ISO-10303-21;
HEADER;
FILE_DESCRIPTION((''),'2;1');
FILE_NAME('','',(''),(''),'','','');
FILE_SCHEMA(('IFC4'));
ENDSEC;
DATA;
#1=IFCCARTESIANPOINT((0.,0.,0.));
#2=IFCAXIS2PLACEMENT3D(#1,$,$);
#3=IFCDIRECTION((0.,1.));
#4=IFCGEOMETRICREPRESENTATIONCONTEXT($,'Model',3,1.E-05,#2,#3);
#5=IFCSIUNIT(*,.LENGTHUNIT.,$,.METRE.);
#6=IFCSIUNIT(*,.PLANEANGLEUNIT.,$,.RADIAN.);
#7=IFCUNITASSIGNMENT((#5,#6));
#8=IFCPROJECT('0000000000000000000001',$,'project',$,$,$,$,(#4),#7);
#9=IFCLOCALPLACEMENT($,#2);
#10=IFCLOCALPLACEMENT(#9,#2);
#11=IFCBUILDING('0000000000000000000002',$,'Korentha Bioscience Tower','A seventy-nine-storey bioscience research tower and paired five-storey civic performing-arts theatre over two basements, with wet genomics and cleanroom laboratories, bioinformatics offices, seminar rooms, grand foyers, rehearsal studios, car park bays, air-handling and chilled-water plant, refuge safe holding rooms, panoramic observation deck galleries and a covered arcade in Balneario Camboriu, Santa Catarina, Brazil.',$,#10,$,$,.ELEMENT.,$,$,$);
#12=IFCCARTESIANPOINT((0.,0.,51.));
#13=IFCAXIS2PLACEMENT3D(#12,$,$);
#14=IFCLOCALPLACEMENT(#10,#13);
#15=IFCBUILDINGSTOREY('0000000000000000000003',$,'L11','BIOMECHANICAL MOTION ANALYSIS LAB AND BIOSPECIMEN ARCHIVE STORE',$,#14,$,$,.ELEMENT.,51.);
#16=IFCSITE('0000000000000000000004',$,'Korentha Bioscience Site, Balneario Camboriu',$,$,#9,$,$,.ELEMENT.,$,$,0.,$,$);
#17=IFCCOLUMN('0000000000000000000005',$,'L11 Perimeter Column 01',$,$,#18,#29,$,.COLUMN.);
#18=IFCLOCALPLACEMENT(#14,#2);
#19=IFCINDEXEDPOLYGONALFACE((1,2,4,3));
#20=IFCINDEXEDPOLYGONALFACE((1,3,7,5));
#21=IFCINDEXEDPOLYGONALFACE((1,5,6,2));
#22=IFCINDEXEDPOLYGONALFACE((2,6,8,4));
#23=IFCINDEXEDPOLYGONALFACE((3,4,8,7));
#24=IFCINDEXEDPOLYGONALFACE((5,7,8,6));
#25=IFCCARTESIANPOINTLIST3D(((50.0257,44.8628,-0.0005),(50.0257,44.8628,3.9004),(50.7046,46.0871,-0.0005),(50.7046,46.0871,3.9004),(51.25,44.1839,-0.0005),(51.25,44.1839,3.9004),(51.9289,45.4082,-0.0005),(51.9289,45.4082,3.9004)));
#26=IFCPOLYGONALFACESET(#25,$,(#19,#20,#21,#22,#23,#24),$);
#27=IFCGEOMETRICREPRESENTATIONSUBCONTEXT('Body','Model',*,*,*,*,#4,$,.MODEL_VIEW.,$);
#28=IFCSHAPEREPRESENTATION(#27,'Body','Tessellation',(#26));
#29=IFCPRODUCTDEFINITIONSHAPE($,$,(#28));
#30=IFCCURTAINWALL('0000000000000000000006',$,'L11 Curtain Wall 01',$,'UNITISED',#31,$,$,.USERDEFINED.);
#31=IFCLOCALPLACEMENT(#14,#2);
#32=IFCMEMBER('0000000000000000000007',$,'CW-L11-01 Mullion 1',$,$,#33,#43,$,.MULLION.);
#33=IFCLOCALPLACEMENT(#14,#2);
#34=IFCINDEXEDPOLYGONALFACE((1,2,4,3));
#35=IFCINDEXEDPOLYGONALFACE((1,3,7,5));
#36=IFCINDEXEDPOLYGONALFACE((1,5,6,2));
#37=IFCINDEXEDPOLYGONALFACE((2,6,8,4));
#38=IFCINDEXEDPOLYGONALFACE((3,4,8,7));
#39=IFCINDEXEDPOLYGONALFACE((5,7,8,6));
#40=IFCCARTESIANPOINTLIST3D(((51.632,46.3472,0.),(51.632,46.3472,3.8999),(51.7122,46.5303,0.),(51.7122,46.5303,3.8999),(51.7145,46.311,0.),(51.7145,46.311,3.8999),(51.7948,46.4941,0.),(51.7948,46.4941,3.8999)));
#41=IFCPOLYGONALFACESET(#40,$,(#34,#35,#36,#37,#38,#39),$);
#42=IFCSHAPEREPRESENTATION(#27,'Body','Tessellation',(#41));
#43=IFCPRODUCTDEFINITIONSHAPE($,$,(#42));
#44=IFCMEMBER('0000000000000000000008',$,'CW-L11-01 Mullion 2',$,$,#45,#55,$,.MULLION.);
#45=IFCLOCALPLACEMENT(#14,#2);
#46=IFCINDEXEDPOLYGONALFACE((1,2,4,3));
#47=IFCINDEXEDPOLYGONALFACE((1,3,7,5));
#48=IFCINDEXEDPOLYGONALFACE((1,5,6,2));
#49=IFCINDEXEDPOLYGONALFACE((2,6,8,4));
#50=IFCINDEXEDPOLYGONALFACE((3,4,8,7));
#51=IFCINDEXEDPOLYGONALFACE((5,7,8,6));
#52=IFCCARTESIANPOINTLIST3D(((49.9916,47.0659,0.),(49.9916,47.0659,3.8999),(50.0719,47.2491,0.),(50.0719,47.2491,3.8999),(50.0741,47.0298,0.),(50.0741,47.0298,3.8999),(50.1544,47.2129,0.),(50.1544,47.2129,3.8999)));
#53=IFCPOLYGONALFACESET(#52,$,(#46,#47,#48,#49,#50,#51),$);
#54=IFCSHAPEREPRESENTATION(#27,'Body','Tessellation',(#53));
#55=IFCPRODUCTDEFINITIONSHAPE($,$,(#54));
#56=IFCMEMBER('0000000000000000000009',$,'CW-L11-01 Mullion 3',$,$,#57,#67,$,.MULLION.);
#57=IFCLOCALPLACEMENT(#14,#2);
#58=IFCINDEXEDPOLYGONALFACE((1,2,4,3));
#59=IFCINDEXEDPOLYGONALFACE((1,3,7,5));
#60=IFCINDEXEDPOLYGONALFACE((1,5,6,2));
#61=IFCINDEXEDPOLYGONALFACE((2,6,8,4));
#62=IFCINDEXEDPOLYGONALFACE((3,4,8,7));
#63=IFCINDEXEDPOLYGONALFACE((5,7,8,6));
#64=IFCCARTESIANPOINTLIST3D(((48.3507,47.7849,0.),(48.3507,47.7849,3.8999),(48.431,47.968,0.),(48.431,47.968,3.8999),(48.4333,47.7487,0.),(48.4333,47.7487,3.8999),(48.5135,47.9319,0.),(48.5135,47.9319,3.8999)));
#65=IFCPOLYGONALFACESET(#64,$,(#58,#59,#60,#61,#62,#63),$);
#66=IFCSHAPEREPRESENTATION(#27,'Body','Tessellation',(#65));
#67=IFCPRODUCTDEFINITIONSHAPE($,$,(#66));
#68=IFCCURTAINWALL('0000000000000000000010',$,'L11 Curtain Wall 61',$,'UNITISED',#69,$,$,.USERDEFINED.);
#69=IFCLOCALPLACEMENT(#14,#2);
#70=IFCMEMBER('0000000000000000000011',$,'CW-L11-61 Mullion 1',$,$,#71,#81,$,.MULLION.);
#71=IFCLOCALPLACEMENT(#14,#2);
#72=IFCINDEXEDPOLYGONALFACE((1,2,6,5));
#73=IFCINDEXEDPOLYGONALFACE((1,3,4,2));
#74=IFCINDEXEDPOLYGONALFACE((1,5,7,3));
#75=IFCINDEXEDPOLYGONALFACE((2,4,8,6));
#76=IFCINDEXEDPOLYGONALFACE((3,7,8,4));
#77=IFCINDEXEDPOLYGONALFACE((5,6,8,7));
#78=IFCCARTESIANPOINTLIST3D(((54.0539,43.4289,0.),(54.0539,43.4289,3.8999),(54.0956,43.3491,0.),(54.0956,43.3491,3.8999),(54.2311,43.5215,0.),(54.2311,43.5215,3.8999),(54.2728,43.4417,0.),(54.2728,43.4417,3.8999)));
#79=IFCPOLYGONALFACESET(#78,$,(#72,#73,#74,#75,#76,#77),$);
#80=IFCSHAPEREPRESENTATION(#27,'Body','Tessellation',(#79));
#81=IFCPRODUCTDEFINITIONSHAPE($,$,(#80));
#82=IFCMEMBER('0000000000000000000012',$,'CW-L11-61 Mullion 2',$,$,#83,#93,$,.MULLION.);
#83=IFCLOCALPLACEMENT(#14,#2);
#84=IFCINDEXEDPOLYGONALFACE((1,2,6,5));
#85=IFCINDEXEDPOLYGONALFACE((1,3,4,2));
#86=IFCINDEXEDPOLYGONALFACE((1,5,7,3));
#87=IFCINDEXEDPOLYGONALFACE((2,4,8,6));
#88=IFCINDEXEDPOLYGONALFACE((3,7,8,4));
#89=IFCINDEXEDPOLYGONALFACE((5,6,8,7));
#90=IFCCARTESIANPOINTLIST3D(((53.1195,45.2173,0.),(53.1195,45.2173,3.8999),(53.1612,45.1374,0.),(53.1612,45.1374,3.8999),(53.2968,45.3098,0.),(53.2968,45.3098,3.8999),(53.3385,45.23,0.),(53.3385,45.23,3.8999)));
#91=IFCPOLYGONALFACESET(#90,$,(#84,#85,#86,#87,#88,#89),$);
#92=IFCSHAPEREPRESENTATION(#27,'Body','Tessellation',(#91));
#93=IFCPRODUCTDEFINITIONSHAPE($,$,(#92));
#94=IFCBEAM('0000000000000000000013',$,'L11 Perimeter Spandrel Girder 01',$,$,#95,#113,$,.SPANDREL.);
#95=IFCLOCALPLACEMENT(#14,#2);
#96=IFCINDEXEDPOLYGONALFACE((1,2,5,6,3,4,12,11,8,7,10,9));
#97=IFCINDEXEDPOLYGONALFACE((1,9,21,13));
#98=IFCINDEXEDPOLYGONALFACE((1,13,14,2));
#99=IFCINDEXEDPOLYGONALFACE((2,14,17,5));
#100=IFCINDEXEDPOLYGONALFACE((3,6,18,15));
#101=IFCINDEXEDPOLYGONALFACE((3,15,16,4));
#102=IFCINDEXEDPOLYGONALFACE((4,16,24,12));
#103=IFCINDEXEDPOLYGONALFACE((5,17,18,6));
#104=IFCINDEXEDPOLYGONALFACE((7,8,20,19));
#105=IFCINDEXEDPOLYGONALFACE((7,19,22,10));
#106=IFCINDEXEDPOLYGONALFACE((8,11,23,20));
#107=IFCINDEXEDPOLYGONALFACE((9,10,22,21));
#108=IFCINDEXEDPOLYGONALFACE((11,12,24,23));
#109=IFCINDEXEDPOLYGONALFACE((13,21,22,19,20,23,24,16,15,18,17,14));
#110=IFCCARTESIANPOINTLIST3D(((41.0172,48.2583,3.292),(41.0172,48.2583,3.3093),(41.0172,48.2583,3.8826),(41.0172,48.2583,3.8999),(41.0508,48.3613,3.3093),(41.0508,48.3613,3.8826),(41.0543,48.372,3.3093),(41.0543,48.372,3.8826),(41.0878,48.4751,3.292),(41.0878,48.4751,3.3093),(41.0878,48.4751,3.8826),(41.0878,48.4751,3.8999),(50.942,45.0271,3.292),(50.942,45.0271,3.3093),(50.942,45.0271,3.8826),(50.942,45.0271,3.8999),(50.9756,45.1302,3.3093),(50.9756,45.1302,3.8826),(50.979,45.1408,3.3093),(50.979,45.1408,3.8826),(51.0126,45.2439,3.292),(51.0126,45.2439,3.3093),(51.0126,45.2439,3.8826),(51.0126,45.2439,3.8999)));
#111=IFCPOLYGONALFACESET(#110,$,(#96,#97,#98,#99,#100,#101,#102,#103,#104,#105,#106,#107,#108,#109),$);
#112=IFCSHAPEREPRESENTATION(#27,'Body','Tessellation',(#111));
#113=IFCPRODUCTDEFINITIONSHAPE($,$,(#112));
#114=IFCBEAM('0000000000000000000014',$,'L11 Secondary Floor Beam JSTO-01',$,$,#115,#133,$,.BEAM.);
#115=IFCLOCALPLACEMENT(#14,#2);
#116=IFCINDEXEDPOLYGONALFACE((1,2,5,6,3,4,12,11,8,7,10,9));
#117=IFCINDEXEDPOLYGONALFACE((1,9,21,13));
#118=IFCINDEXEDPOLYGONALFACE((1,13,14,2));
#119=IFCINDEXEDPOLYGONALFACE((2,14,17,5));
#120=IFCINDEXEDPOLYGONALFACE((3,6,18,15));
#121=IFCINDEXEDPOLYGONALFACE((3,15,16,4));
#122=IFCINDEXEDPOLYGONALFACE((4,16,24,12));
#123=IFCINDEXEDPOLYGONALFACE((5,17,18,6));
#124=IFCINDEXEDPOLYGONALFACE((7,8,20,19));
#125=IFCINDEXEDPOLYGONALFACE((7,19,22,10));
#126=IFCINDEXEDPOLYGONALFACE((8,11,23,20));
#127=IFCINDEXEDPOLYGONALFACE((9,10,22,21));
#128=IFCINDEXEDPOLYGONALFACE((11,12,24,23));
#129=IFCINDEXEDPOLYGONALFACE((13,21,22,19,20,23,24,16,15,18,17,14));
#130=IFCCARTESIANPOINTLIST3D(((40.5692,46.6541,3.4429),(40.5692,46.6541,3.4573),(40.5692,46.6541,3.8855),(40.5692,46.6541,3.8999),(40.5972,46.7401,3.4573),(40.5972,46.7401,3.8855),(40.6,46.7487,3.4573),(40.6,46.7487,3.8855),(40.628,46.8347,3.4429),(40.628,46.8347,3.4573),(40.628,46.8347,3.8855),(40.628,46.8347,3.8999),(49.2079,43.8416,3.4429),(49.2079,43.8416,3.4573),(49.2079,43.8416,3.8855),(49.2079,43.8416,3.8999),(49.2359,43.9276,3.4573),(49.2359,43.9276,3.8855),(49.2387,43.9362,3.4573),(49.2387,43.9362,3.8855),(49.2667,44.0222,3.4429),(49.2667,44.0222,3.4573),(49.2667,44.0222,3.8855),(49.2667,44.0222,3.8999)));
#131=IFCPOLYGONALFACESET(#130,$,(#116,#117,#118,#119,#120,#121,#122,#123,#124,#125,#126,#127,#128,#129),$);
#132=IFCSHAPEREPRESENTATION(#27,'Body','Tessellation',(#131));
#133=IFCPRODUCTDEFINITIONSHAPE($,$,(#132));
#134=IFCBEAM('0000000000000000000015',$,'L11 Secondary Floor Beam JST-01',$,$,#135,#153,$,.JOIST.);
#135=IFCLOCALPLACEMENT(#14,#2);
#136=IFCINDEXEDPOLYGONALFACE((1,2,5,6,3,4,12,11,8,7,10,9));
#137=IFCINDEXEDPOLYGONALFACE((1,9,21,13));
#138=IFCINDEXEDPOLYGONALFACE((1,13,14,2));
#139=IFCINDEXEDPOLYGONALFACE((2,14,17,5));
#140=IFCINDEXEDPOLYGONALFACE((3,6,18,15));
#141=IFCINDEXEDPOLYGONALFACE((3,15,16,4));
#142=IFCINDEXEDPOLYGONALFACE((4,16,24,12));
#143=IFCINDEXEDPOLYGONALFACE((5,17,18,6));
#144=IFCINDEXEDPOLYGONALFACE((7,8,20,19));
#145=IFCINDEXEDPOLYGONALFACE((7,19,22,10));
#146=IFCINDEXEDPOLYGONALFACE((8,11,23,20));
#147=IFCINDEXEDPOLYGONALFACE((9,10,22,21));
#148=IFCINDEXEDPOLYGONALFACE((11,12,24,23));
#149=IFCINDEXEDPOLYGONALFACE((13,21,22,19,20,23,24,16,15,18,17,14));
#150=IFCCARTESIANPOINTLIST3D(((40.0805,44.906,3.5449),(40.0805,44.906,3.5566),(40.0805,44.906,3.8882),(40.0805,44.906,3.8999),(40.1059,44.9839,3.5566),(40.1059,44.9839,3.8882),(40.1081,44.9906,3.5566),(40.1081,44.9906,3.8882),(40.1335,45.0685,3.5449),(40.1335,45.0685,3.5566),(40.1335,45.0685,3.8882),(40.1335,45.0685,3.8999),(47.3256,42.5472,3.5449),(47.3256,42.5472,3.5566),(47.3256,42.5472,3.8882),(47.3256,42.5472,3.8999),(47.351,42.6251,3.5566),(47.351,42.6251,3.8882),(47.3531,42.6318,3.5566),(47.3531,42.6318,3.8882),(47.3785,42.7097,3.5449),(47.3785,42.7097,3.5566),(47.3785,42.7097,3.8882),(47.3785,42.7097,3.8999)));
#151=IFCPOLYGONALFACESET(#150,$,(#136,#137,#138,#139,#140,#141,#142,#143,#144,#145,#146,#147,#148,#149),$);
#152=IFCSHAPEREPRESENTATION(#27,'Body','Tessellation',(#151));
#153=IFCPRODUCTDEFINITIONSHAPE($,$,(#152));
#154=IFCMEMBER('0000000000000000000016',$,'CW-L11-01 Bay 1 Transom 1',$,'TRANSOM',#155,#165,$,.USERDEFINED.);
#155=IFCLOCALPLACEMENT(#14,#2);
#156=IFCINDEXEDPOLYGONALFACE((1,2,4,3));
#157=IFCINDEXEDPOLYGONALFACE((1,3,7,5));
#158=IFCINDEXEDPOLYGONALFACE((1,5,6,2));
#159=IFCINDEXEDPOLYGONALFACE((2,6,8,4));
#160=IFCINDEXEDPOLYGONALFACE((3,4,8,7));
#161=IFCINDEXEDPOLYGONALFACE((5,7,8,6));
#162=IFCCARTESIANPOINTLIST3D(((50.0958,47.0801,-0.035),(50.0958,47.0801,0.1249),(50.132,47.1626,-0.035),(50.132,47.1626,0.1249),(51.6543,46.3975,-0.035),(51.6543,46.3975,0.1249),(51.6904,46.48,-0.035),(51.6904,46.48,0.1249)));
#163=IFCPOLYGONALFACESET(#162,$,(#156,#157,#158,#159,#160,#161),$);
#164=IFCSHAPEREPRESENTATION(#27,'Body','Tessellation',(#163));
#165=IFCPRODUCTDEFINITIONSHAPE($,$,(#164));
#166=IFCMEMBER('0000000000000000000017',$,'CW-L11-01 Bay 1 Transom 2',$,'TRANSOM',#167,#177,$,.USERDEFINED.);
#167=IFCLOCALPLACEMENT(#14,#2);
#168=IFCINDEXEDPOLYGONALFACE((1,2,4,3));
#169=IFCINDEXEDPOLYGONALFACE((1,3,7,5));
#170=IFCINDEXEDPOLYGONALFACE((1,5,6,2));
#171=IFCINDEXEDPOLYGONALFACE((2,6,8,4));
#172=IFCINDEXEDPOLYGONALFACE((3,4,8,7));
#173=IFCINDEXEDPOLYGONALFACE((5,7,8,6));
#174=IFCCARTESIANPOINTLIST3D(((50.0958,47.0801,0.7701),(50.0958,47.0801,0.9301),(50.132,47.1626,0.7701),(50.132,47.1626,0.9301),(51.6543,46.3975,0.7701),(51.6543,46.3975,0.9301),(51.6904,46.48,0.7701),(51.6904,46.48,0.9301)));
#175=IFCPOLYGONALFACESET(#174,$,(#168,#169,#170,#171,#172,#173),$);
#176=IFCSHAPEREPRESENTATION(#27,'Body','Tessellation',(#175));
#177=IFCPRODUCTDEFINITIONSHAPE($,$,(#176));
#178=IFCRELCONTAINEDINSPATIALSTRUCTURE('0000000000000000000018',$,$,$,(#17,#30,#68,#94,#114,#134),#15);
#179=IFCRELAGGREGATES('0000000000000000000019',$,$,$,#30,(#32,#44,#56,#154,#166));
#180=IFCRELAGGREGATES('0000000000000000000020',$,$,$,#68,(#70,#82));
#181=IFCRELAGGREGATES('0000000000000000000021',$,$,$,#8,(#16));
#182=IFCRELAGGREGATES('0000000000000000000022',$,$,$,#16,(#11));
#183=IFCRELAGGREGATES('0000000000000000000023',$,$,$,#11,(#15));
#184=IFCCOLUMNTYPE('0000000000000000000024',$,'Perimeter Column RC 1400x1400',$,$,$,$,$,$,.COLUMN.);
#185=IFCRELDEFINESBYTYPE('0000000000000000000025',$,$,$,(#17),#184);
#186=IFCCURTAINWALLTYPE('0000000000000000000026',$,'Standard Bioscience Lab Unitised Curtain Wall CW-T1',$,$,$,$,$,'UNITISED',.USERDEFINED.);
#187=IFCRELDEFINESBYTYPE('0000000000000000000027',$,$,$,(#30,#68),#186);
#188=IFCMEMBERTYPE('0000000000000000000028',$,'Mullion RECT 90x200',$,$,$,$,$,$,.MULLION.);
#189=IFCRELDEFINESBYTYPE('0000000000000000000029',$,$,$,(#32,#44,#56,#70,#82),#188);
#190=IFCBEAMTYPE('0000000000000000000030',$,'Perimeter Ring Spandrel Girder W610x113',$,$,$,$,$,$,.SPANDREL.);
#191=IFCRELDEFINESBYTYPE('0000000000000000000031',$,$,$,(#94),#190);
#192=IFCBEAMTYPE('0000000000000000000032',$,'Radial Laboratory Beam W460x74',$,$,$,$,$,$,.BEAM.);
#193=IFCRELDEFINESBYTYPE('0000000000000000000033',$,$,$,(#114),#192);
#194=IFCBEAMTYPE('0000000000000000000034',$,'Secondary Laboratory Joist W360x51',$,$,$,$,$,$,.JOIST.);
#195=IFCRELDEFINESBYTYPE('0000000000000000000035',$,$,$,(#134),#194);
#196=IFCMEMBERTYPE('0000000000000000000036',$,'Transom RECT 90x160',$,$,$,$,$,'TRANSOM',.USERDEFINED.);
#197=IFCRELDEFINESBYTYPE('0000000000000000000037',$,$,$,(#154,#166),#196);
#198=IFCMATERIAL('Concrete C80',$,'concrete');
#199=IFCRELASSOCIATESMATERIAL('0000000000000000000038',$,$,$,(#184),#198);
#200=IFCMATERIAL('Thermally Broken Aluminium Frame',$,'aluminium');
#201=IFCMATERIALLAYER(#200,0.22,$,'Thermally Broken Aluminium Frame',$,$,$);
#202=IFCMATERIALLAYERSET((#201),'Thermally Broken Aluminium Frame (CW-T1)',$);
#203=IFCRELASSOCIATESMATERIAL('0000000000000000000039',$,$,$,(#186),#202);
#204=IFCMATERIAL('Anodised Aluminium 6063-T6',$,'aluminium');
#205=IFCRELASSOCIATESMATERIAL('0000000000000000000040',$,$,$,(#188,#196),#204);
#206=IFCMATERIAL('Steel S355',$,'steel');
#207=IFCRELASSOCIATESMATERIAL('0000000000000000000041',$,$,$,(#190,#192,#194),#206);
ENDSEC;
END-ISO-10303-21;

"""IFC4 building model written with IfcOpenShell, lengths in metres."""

from ifc_helpers import new_model, si_unit, direction, frame, origin, origin_2d, place, context, subcontext, project, spatial, rectangle, i_section, extrude, material, layer, layer_set, material_profile, profile_set, type_object, element, aggregate, save


model = new_model("IFC4")

# Units and contexts
model_context = context("Model", 3, precision=1e-05, world=origin(), true_north=direction((0.0, 1.0)))
body_context = subcontext(model_context, "Body", "Model", "MODEL_VIEW")
ifc_project = project(units=[si_unit("LENGTHUNIT", "METRE"), si_unit("PLANEANGLEUNIT", "RADIAN")], contexts=[model_context])

# Site, building, storey
site_placement = place(None, origin())
site = spatial("IfcSite", under=ifc_project, at=site_placement, Name="Korentha Bioscience Site, Balneario Camboriu", CompositionType="ELEMENT", RefElevation=0.0)
building_placement = place(site_placement, origin())
building = spatial("IfcBuilding", under=site, at=building_placement, Name="Korentha Bioscience Tower", Description="A seventy-nine-storey bioscience research tower and paired five-storey civic performing-arts theatre over two basements, with wet genomics and cleanroom laboratories, bioinformatics offices, seminar rooms, grand foyers, rehearsal studios, car park bays, air-handling and chilled-water plant, refuge safe holding rooms, panoramic observation deck galleries and a covered arcade in Balneario Camboriu, Santa Catarina, Brazil.", CompositionType="ELEMENT")
storey_placement = place(building_placement, frame((0.0, 0.0, 51.0)))
storey = spatial("IfcBuildingStorey", under=building, at=storey_placement, Name="L11", Description="BIOMECHANICAL MOTION ANALYSIS LAB AND BIOSPECIMEN ARCHIVE STORE", CompositionType="ELEMENT", Elevation=51.0)

# Column
ifc_material_1 = material(Name="Concrete C80", Category="concrete")
ifc_material_profile_1 = material_profile(ifc_material_1, rectangle(XDim=1.3999, YDim=1.3999, at=origin_2d()), Name="Concrete C80")
ifc_profile_set_1 = profile_set([ifc_material_profile_1], Name="Concrete C80 (COL-P14)")
column_type = type_object("IfcColumnType", Name="Perimeter Column RC 1400x1400", PredefinedType="COLUMN", material=ifc_profile_set_1)
column_placement = place(storey_placement, frame((50.9773, 45.1355, -0.0005), z_axis=(0.0, 0.0, 1.0), x_axis=(-0.874535, 0.484962, 0.0)))
element("IfcColumn", 1, at=column_placement, inside=storey, type_object=column_type, Name="L11 Perimeter Column 01", PredefinedType="COLUMN", context=body_context, shape_type="SweptSolid", body=[
    extrude(rectangle(XDim=1.3999, YDim=1.3999, at=origin_2d()), origin(), (0.0, 0.0, 1.0), 3.9009),
])

# Curtain walls, members
ifc_material_2 = material(Name="Thermally Broken Aluminium Frame", Category="aluminium")
ifc_layer_1 = layer(ifc_material_2, 0.22, Name="Thermally Broken Aluminium Frame")
ifc_layer_set_1 = layer_set([ifc_layer_1], Name="Thermally Broken Aluminium Frame (CW-T1)")
curtain_wall_type = type_object("IfcCurtainWallType", Name="Standard Bioscience Lab Unitised Curtain Wall CW-T1", ElementType="UNITISED", PredefinedType="USERDEFINED", material=ifc_layer_set_1)
curtain_wall_1_placement = place(storey_placement, origin())
curtain_wall_1 = element("IfcCurtainWall", 2, at=curtain_wall_1_placement, inside=storey, type_object=curtain_wall_type, Name="L11 Curtain Wall 01", ObjectType="UNITISED", PredefinedType="USERDEFINED")
ifc_material_3 = material(Name="Anodised Aluminium 6063-T6", Category="aluminium")
ifc_material_profile_2 = material_profile(ifc_material_3, rectangle(XDim=0.0901, YDim=0.2, at=origin_2d()), Name="Anodised Aluminium 6063-T6")
ifc_profile_set_2 = profile_set([ifc_material_profile_2], Name="Anodised Aluminium 6063-T6 (CW-MUL)")
member_type_1 = type_object("IfcMemberType", Name="Mullion RECT 90x200", PredefinedType="MULLION", material=ifc_profile_set_2)
member_1_placement = place(storey_placement, frame((51.7134, 46.4207, 0.0), z_axis=(0.0, 0.0, 1.0), x_axis=(-0.915939, 0.401317, 0.0)))
member_1 = element("IfcMember", 3, at=member_1_placement, type_object=member_type_1, Name="CW-L11-01 Mullion 1", PredefinedType="MULLION", context=body_context, shape_type="SweptSolid", body=[
    extrude(rectangle(XDim=0.0901, YDim=0.2, at=origin_2d()), origin(), (0.0, 0.0, 1.0), 3.8999),
])
member_2_placement = place(storey_placement, frame((50.073, 47.1394, 0.0), z_axis=(0.0, 0.0, 1.0), x_axis=(-0.915939, 0.401317, 0.0)))
member_2 = element("IfcMember", 4, at=member_2_placement, type_object=member_type_1, Name="CW-L11-01 Mullion 2", PredefinedType="MULLION", context=body_context, shape_type="SweptSolid", body=[
    extrude(rectangle(XDim=0.0901, YDim=0.2, at=origin_2d()), origin(), (0.0, 0.0, 1.0), 3.8999),
])
member_3_placement = place(storey_placement, frame((48.4321, 47.8584, 0.0), z_axis=(0.0, 0.0, 1.0), x_axis=(-0.915939, 0.401317, 0.0)))
member_3 = element("IfcMember", 5, at=member_3_placement, type_object=member_type_1, Name="CW-L11-01 Mullion 3", PredefinedType="MULLION", context=body_context, shape_type="SweptSolid", body=[
    extrude(rectangle(XDim=0.0901, YDim=0.2, at=origin_2d()), origin(), (0.0, 0.0, 1.0), 3.8999),
])
curtain_wall_2_placement = place(storey_placement, origin())
curtain_wall_2 = element("IfcCurtainWall", 6, at=curtain_wall_2_placement, inside=storey, type_object=curtain_wall_type, Name="L11 Curtain Wall 61", ObjectType="UNITISED", PredefinedType="USERDEFINED")
member_4_placement = place(storey_placement, frame((54.1633, 43.4353, 0.0), z_axis=(0.0, 0.0, 1.0), x_axis=(-0.463009, 0.886354, 0.0)))
member_4 = element("IfcMember", 7, at=member_4_placement, type_object=member_type_1, Name="CW-L11-61 Mullion 1", PredefinedType="MULLION", context=body_context, shape_type="SweptSolid", body=[
    extrude(rectangle(XDim=0.0901, YDim=0.2, at=origin_2d()), origin(), (0.0, 0.0, 1.0), 3.8999),
])
member_5_placement = place(storey_placement, frame((53.229, 45.2236, 0.0), z_axis=(0.0, 0.0, 1.0), x_axis=(-0.463009, 0.886354, 0.0)))
member_5 = element("IfcMember", 8, at=member_5_placement, type_object=member_type_1, Name="CW-L11-61 Mullion 2", PredefinedType="MULLION", context=body_context, shape_type="SweptSolid", body=[
    extrude(rectangle(XDim=0.0901, YDim=0.2, at=origin_2d()), origin(), (0.0, 0.0, 1.0), 3.8999),
])

# Beams
ifc_material_4 = material(Name="Steel S355", Category="steel")
ifc_material_profile_3 = material_profile(ifc_material_4, i_section(OverallWidth=0.228, OverallDepth=0.6079, WebThickness=0.0112, FlangeThickness=0.0173, at=origin_2d()), Name="Steel S355")
ifc_profile_set_3 = profile_set([ifc_material_profile_3], Name="Steel S355 (SB-610)")
beam_type_1 = type_object("IfcBeamType", Name="Perimeter Ring Spandrel Girder W610x113", PredefinedType="SPANDREL", material=ifc_profile_set_3)
beam_1_placement = place(storey_placement, frame((50.9773, 45.1355, 3.5959), z_axis=(-0.950875, 0.309575, 0.0), x_axis=(-0.309575, -0.950875, 0.0)))
element("IfcBeam", 9, at=beam_1_placement, inside=storey, type_object=beam_type_1, Name="L11 Perimeter Spandrel Girder 01", PredefinedType="SPANDREL", context=body_context, shape_type="SweptSolid", body=[
    extrude(i_section(OverallWidth=0.228, OverallDepth=0.6079, WebThickness=0.0112, FlangeThickness=0.0173, at=origin_2d()), origin(), (0.0, 0.0, 1.0), 10.4375),
])
ifc_material_profile_4 = material_profile(ifc_material_4, i_section(OverallWidth=0.1899, OverallDepth=0.457, WebThickness=0.009, FlangeThickness=0.0144, at=origin_2d()), Name="Steel S355")
ifc_profile_set_4 = profile_set([ifc_material_profile_4], Name="Steel S355 (RB-460)")
beam_type_2 = type_object("IfcBeamType", Name="Radial Laboratory Beam W460x74", PredefinedType="BEAM", material=ifc_profile_set_4)
beam_2_placement = place(storey_placement, frame((49.2373, 43.9319, 3.6714), z_axis=(-0.950874, 0.309577, 0.0), x_axis=(-0.309577, -0.950874, 0.0)))
element("IfcBeam", 10, at=beam_2_placement, inside=storey, type_object=beam_type_2, Name="L11 Secondary Floor Beam JSTO-01", PredefinedType="BEAM", context=body_context, shape_type="SweptSolid", body=[
    extrude(i_section(OverallWidth=0.1899, OverallDepth=0.457, WebThickness=0.009, FlangeThickness=0.0144, at=origin_2d()), origin(), (0.0, 0.0, 1.0), 9.085),
])
ifc_material_profile_5 = material_profile(ifc_material_4, i_section(OverallWidth=0.1709, OverallDepth=0.355, WebThickness=0.0071, FlangeThickness=0.0117, at=origin_2d()), Name="Steel S355")
ifc_profile_set_5 = profile_set([ifc_material_profile_5], Name="Steel S355 (JB-360)")
beam_type_3 = type_object("IfcBeamType", Name="Secondary Laboratory Joist W360x51", PredefinedType="JOIST", material=ifc_profile_set_5)
beam_3_placement = place(storey_placement, frame((47.3521, 42.6284, 3.7224), z_axis=(-0.950871, 0.309587, 0.0), x_axis=(-0.309587, -0.950871, 0.0)))
element("IfcBeam", 11, at=beam_3_placement, inside=storey, type_object=beam_type_3, Name="L11 Secondary Floor Beam JST-01", PredefinedType="JOIST", context=body_context, shape_type="SweptSolid", body=[
    extrude(i_section(OverallWidth=0.1709, OverallDepth=0.355, WebThickness=0.0071, FlangeThickness=0.0117, at=origin_2d()), origin(), (0.0, 0.0, 1.0), 7.6194),
])

# Members
ifc_material_profile_6 = material_profile(ifc_material_3, rectangle(XDim=0.0901, YDim=0.1599, at=origin_2d()), Name="Anodised Aluminium 6063-T6")
ifc_profile_set_6 = profile_set([ifc_material_profile_6], Name="Anodised Aluminium 6063-T6 (CW-TRN)")
member_type_2 = type_object("IfcMemberType", Name="Transom RECT 90x160", ElementType="TRANSOM", PredefinedType="USERDEFINED", material=ifc_profile_set_6)
member_6_placement = place(storey_placement, frame((51.6724, 46.4387, 0.0449), z_axis=(-0.915976, 0.401233, 0.0), x_axis=(-0.401233, -0.915976, 0.0)))
member_6 = element("IfcMember", 12, at=member_6_placement, type_object=member_type_2, Name="CW-L11-01 Bay 1 Transom 1", ObjectType="TRANSOM", PredefinedType="USERDEFINED", context=body_context, shape_type="SweptSolid", body=[
    extrude(rectangle(XDim=0.0901, YDim=0.1599, at=origin_2d()), origin(), (0.0, 0.0, 1.0), 1.7014),
])
member_7_placement = place(storey_placement, frame((51.6724, 46.4387, 0.8501), z_axis=(-0.915976, 0.401233, 0.0), x_axis=(-0.401233, -0.915976, 0.0)))
member_7 = element("IfcMember", 13, at=member_7_placement, type_object=member_type_2, Name="CW-L11-01 Bay 1 Transom 2", ObjectType="TRANSOM", PredefinedType="USERDEFINED", context=body_context, shape_type="SweptSolid", body=[
    extrude(rectangle(XDim=0.0901, YDim=0.1599, at=origin_2d()), origin(), (0.0, 0.0, 1.0), 1.7014),
])

aggregate(curtain_wall_1, [member_1, member_2, member_3, member_6, member_7])
aggregate(curtain_wall_2, [member_4, member_5])

save(model, "model.ifc")
